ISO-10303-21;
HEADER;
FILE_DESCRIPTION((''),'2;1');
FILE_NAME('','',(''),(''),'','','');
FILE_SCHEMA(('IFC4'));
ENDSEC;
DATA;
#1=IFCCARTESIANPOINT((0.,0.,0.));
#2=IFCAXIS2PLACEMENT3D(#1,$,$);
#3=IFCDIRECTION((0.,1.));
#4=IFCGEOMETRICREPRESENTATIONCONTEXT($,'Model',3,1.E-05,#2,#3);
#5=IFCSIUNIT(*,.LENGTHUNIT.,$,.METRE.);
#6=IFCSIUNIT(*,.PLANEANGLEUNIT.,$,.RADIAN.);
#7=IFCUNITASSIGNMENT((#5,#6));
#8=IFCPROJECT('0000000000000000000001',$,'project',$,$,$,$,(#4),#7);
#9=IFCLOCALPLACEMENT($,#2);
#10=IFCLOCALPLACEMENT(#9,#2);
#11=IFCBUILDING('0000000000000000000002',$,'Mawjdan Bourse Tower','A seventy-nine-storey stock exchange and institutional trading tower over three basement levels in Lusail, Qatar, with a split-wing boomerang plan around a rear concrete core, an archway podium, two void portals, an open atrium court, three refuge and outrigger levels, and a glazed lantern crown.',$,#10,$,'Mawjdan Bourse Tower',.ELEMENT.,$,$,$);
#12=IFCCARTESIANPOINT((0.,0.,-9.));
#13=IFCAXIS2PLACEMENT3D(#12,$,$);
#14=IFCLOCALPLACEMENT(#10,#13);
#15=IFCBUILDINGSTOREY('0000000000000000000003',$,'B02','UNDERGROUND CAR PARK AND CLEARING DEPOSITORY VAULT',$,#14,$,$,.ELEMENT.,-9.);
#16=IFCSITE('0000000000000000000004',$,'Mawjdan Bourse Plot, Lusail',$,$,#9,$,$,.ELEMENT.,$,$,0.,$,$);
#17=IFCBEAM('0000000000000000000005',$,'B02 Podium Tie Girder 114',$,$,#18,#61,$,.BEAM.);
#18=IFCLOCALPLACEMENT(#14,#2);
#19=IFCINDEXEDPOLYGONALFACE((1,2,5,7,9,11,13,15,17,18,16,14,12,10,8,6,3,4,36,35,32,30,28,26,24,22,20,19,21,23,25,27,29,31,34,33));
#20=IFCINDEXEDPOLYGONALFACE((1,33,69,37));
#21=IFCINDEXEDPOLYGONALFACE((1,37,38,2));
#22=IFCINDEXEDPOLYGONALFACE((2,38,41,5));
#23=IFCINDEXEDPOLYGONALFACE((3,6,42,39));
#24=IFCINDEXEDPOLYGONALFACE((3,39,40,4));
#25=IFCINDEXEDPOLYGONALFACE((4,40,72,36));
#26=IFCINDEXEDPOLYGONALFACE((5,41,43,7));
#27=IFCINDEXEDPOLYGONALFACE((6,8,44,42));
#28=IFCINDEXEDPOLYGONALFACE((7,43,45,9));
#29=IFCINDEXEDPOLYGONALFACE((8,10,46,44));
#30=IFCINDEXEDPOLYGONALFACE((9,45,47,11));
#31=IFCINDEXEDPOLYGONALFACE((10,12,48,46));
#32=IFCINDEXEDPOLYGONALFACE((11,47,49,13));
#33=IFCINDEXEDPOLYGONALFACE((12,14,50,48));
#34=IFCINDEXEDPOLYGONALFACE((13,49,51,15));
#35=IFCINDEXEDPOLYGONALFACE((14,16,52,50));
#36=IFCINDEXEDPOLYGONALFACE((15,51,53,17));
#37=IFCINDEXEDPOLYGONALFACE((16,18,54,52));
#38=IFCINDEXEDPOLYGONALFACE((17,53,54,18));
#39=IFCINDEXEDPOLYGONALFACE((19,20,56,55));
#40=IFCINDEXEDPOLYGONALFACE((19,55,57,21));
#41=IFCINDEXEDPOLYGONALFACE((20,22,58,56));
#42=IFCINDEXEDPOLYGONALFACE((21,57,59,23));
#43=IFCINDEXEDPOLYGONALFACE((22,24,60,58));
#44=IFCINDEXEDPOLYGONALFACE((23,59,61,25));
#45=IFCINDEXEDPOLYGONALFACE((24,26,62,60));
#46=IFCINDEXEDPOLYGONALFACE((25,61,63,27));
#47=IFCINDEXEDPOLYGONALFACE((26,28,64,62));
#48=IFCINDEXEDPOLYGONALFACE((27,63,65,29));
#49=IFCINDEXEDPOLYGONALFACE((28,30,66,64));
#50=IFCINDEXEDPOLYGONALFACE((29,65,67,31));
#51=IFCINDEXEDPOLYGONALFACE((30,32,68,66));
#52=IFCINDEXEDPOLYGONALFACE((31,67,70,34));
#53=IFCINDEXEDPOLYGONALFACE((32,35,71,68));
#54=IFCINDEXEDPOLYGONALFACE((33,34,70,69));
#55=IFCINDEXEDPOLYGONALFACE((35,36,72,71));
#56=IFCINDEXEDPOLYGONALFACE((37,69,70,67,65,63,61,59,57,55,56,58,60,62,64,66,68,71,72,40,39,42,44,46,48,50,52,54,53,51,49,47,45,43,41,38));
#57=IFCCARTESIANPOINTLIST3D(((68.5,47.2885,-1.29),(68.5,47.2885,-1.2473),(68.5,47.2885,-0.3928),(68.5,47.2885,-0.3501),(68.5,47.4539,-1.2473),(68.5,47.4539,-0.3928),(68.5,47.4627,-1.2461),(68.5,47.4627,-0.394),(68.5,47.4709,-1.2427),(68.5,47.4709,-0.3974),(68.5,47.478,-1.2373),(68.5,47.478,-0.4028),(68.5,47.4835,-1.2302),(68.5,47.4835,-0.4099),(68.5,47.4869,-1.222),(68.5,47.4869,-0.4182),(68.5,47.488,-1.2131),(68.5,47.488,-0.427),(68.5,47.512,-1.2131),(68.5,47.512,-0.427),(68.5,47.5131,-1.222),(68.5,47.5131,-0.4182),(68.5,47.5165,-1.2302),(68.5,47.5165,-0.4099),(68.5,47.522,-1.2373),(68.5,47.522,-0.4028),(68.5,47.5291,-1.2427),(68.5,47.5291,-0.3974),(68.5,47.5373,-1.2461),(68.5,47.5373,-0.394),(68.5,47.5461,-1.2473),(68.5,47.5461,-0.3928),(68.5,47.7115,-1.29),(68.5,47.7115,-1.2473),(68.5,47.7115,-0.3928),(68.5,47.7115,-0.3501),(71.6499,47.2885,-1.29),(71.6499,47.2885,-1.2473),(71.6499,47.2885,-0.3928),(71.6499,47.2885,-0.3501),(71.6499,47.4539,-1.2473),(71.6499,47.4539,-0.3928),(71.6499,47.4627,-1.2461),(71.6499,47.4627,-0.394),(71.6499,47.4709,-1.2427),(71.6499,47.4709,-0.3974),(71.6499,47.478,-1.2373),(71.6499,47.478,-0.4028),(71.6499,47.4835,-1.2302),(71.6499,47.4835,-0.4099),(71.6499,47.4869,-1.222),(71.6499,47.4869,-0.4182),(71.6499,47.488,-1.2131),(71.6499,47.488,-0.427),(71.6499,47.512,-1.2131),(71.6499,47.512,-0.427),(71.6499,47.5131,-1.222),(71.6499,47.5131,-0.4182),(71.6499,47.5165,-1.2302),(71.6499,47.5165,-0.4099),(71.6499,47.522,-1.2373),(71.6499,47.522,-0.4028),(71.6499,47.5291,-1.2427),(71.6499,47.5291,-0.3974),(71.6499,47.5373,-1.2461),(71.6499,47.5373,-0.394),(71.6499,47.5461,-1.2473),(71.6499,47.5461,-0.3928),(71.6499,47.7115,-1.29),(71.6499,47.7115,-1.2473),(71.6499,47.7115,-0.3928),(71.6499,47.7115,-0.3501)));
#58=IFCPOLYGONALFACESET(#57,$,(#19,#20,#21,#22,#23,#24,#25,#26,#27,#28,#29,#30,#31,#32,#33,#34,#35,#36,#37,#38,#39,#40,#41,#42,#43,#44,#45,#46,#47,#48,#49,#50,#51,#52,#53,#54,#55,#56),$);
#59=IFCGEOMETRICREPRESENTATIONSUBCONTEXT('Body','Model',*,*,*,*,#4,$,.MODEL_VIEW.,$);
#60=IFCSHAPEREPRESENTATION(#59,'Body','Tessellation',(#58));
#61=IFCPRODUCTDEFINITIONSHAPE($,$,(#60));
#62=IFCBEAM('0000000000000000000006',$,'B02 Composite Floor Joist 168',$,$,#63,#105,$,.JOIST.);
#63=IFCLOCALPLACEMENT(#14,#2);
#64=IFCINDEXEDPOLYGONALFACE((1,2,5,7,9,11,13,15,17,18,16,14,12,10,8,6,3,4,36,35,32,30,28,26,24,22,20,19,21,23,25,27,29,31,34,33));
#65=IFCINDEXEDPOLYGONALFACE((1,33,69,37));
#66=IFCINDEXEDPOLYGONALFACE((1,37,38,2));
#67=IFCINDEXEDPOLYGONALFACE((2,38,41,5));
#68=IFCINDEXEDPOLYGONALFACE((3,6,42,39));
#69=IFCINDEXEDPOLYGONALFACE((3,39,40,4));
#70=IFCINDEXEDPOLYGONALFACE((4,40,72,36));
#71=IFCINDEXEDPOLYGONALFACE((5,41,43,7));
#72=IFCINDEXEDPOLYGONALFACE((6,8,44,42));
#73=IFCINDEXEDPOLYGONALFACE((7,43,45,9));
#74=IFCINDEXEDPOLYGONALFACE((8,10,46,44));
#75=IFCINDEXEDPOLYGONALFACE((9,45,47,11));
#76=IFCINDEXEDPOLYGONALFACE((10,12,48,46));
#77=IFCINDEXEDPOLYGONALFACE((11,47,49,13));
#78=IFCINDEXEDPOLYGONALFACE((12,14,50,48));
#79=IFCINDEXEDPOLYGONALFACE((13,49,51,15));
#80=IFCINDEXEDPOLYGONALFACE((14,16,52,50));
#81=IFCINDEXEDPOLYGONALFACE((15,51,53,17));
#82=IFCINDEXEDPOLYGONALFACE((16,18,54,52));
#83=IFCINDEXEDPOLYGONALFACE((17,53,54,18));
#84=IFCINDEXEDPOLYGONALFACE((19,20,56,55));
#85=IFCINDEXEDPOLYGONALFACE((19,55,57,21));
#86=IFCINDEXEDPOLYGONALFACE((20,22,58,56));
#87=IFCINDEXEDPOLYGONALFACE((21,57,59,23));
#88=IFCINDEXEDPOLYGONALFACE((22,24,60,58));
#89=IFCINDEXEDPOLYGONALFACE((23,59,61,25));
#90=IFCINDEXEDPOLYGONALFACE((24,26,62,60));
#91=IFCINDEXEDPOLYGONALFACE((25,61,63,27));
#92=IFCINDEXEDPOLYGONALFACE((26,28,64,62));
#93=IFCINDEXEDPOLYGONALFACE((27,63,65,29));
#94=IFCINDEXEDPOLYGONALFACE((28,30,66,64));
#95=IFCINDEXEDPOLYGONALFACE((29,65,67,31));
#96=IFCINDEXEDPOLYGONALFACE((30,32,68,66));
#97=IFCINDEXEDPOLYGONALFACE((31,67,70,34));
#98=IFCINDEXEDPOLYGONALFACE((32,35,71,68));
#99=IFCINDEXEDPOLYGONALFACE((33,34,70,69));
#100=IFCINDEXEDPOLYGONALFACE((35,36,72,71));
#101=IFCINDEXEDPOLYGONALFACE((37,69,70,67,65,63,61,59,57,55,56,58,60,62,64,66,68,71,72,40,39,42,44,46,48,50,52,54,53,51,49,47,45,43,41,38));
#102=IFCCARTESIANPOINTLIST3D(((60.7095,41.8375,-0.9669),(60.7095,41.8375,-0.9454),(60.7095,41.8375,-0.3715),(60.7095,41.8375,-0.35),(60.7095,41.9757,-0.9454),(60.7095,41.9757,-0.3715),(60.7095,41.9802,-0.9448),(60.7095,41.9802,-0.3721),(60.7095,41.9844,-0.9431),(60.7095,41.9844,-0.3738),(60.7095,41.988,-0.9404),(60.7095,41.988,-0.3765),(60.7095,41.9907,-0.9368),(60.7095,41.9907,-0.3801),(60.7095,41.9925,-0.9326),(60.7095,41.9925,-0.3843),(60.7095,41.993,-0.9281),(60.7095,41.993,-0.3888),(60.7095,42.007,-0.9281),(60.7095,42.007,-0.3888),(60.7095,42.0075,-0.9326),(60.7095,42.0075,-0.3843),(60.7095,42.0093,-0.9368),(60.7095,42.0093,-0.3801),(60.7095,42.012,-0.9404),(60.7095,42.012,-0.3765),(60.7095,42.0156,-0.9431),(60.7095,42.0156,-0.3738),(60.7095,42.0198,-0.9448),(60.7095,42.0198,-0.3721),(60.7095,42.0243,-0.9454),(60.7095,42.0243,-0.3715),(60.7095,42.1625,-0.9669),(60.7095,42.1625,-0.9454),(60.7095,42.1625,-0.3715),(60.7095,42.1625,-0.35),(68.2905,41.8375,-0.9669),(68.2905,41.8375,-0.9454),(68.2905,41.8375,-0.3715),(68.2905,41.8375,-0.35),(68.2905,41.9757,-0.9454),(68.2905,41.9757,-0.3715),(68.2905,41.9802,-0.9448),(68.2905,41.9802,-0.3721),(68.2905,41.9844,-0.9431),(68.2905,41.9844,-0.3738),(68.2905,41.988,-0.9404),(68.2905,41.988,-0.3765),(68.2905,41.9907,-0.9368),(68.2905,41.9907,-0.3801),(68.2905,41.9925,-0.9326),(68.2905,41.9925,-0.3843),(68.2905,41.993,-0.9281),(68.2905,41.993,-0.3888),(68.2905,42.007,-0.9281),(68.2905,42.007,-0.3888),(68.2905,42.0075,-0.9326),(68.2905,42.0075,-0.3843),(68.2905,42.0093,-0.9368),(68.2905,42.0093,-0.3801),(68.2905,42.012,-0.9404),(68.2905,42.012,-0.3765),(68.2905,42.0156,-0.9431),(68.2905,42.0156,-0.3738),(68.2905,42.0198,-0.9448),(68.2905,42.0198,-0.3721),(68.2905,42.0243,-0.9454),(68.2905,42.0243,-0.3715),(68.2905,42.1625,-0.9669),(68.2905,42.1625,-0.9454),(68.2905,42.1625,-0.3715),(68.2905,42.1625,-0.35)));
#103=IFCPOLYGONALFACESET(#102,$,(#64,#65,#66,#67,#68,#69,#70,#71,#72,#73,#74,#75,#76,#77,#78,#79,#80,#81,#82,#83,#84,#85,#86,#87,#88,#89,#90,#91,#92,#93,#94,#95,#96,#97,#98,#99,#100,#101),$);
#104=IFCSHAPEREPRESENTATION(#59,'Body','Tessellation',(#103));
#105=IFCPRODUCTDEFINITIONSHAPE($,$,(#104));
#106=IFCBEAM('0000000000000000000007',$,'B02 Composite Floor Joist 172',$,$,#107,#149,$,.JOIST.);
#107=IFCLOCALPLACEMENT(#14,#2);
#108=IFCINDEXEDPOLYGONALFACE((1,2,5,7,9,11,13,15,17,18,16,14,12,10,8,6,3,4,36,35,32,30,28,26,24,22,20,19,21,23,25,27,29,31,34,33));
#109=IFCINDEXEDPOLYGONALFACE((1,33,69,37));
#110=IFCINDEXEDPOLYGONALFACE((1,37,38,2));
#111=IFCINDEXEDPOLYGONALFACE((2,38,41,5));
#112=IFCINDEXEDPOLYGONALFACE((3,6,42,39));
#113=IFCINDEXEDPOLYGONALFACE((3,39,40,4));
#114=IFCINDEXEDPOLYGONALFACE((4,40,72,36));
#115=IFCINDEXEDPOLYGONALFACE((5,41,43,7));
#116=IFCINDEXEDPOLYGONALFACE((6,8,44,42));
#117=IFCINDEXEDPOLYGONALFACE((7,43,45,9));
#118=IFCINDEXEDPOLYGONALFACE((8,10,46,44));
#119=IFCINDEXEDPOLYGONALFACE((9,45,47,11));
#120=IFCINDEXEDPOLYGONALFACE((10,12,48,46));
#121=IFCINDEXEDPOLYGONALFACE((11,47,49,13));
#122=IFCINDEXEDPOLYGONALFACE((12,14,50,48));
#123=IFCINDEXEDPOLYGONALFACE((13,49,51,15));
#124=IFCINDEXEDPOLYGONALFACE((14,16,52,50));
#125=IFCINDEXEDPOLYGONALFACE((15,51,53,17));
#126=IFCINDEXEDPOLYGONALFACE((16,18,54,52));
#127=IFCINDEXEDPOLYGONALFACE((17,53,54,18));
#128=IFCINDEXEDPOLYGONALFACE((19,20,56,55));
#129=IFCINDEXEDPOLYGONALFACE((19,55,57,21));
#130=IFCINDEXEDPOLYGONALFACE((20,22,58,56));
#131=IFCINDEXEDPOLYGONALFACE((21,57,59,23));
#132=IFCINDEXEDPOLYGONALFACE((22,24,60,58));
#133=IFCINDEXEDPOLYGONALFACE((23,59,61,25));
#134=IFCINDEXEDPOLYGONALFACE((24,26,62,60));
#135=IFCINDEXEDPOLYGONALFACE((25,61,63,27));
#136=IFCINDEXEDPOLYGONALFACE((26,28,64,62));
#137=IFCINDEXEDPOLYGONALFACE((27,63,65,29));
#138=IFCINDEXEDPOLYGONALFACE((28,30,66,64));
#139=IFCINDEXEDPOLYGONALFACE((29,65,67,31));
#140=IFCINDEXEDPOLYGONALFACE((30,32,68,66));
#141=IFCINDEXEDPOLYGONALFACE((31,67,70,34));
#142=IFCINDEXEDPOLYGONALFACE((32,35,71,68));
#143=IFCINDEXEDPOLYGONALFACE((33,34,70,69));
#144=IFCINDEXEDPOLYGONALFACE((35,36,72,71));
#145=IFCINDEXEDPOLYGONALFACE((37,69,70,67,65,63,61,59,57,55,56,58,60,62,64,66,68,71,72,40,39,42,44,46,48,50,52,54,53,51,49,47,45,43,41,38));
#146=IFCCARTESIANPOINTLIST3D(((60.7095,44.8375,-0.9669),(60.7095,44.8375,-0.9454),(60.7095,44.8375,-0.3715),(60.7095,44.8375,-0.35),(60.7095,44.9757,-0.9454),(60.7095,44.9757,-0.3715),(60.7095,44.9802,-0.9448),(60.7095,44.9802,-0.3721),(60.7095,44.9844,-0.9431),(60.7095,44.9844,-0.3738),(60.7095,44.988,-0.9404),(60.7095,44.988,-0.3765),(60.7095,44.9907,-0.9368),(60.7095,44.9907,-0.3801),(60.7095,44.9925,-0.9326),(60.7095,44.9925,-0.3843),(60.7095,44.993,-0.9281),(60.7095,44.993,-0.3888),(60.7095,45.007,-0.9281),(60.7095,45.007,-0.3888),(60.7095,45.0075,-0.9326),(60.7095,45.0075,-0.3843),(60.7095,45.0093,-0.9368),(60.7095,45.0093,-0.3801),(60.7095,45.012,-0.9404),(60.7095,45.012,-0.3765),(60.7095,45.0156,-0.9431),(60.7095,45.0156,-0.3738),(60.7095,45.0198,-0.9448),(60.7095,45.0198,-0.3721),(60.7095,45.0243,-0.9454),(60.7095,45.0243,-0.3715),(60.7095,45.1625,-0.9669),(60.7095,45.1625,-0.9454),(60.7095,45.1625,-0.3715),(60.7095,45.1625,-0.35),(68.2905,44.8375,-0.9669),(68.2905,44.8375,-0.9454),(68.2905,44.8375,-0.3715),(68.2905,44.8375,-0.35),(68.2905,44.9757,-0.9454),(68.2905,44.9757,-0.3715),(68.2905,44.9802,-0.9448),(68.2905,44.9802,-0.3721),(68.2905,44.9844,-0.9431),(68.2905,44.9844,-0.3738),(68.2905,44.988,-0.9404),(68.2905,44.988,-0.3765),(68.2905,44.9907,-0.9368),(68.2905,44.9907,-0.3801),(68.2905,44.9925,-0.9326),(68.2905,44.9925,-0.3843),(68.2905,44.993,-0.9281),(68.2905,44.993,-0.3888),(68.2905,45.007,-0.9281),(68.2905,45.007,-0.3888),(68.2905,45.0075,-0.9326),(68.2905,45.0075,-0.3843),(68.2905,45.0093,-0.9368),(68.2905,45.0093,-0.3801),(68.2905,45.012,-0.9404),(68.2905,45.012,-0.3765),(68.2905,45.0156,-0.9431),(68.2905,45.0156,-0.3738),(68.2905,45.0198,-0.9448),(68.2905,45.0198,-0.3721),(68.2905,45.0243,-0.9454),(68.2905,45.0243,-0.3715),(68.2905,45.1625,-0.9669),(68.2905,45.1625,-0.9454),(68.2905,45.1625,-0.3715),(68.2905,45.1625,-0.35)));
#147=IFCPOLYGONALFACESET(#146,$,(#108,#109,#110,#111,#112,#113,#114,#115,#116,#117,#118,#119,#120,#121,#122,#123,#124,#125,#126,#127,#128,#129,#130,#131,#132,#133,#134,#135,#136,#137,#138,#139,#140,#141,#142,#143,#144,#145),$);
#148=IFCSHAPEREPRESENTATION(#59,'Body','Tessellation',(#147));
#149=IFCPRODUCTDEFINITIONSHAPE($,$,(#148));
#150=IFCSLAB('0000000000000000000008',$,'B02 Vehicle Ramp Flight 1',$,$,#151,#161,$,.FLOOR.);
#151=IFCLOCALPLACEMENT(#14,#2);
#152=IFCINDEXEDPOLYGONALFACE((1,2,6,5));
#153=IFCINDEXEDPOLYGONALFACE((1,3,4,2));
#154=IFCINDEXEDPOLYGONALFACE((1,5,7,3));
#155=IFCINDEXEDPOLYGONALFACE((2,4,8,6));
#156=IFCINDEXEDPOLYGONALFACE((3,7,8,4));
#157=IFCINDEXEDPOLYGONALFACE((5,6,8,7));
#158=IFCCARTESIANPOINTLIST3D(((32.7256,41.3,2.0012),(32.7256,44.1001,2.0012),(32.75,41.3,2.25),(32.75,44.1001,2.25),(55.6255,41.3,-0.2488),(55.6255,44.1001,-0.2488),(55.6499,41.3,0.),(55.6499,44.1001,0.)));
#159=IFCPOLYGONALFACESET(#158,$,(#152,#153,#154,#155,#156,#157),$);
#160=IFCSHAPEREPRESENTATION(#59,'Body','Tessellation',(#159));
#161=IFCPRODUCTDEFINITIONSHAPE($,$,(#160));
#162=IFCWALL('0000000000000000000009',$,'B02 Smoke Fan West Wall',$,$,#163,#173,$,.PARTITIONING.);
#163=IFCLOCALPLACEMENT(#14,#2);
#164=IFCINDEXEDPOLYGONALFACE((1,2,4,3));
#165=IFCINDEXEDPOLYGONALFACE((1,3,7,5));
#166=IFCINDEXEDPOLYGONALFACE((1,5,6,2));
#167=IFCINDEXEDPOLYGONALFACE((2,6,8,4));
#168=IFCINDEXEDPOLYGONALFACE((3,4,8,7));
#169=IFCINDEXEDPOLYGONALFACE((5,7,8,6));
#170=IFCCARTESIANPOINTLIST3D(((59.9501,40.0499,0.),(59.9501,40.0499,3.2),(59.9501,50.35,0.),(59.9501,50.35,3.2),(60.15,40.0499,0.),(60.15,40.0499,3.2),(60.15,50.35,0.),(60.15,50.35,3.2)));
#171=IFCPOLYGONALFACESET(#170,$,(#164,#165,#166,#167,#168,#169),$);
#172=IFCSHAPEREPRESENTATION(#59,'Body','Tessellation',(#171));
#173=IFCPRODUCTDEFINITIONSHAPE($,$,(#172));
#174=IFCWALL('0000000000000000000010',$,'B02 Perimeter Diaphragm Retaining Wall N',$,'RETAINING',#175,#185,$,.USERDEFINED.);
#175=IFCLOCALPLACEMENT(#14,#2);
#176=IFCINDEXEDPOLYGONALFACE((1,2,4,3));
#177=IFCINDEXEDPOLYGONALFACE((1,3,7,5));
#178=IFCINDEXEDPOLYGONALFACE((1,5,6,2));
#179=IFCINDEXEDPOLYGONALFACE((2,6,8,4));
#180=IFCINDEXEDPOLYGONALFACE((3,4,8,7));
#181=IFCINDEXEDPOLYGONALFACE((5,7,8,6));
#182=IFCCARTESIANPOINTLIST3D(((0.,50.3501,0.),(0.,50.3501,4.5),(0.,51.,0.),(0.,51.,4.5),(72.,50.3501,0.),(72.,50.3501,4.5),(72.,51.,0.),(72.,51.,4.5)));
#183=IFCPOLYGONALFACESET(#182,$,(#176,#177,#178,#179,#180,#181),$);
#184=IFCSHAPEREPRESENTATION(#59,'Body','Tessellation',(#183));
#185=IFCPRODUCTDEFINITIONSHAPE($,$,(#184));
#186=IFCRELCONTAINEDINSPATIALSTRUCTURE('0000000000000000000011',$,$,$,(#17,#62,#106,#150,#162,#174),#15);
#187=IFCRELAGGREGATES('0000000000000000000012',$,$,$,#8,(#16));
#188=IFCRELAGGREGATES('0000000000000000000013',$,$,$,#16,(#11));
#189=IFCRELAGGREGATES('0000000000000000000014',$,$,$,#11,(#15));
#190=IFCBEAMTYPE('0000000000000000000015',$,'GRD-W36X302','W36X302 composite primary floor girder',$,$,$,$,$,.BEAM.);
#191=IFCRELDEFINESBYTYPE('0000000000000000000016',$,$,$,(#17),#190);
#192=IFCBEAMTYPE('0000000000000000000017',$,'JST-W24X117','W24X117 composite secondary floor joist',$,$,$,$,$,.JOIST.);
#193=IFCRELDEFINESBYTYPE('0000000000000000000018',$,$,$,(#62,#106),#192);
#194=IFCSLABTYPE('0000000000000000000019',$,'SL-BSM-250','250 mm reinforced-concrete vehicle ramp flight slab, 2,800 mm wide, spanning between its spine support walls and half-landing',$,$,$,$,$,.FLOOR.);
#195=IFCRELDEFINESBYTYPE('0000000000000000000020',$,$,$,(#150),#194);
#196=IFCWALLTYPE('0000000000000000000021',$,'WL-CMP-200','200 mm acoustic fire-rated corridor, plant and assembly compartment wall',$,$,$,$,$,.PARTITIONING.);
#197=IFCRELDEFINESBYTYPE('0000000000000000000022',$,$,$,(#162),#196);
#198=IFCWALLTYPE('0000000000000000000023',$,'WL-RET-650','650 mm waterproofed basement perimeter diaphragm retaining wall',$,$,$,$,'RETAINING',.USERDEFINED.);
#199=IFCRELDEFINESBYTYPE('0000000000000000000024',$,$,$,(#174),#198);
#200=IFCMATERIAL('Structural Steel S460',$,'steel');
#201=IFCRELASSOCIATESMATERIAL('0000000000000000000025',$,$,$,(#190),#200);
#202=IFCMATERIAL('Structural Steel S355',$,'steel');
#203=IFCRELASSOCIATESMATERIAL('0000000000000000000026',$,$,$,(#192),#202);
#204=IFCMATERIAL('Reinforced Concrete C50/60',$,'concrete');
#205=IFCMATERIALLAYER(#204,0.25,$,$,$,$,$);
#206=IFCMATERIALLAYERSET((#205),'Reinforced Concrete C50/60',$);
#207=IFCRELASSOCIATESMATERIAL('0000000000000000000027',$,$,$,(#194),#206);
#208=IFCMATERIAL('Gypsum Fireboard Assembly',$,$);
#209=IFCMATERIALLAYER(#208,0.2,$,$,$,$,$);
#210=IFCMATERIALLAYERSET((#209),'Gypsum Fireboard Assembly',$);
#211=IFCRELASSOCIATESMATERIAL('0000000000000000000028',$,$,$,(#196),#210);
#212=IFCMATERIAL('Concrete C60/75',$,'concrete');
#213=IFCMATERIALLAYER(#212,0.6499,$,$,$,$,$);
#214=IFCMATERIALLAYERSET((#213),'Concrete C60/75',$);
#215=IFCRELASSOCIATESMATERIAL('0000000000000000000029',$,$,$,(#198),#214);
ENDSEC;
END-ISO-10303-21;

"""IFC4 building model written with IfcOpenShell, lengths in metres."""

from ifc_helpers import new_model, si_unit, direction, frame, frame_2d, origin, origin_2d, place, context, subcontext, project, spatial, polyline, rectangle, i_section, outline, extrude, material, layer, layer_set, material_profile, profile_set, type_object, element, save


model = new_model("IFC4")

# Units and contexts
model_context = context("Model", 3, precision=1e-05, world=origin(), true_north=direction((0.0, 1.0)))
body_context = subcontext(model_context, "Body", "Model", "MODEL_VIEW")
ifc_project = project(units=[si_unit("LENGTHUNIT", "METRE"), si_unit("PLANEANGLEUNIT", "RADIAN")], contexts=[model_context])

# Site, building, storey
site_placement = place(None, origin())
site = spatial("IfcSite", under=ifc_project, at=site_placement, Name="Mawjdan Bourse Plot, Lusail", CompositionType="ELEMENT", RefElevation=0.0)
building_placement = place(site_placement, origin())
building = spatial("IfcBuilding", under=site, at=building_placement, Name="Mawjdan Bourse Tower", Description="A seventy-nine-storey stock exchange and institutional trading tower over three basement levels in Lusail, Qatar, with a split-wing boomerang plan around a rear concrete core, an archway podium, two void portals, an open atrium court, three refuge and outrigger levels, and a glazed lantern crown.", LongName="Mawjdan Bourse Tower", CompositionType="ELEMENT")
storey_placement = place(building_placement, frame((0.0, 0.0, -9.0)))
storey = spatial("IfcBuildingStorey", under=building, at=storey_placement, Name="B02", Description="UNDERGROUND CAR PARK AND CLEARING DEPOSITORY VAULT", CompositionType="ELEMENT", Elevation=-9.0)

# Shared definitions
ifc_material_1 = material(Name="Concrete C60/75", Category="concrete")

# Beams
ifc_material_2 = material(Name="Structural Steel S460", Category="steel")
ifc_material_profile_1 = material_profile(ifc_material_2, i_section(OverallWidth=0.4231, OverallDepth=0.9399, WebThickness=0.0239, FlangeThickness=0.0427, FilletRadius=0.0342, at=origin_2d()), Name="W36X302")
ifc_profile_set_1 = profile_set([ifc_material_profile_1], Name="Structural Steel S460")
beam_type_1 = type_object("IfcBeamType", Name="GRD-W36X302", Description="W36X302 composite primary floor girder", PredefinedType="BEAM", material=ifc_profile_set_1)
beam_1_placement = place(storey_placement, frame((68.5, 47.5, -0.8201), z_axis=(1.0, 0.0, 0.0), x_axis=(0.0, 1.0, 0.0)))
element("IfcBeam", 1, at=beam_1_placement, inside=storey, type_object=beam_type_1, Name="B02 Podium Tie Girder 114", PredefinedType="BEAM", context=body_context, shape_type="SweptSolid", body=[
    extrude(i_section(OverallWidth=0.4231, OverallDepth=0.9399, WebThickness=0.0239, FlangeThickness=0.0427, FilletRadius=0.0342, at=origin_2d()), origin(), (0.0, 0.0, 1.0), 3.1499),
])
ifc_material_3 = material(Name="Structural Steel S355", Category="steel")
ifc_material_profile_2 = material_profile(ifc_material_3, i_section(OverallWidth=0.325, OverallDepth=0.6169, WebThickness=0.0139, FlangeThickness=0.0215, FilletRadius=0.0173, at=origin_2d()), Name="W24X117")
ifc_profile_set_2 = profile_set([ifc_material_profile_2], Name="Structural Steel S355")
beam_type_2 = type_object("IfcBeamType", Name="JST-W24X117", Description="W24X117 composite secondary floor joist", PredefinedType="JOIST", material=ifc_profile_set_2)
for number, where, z_axis, x_axis, name in (
    (2, (60.7095, 42.0, -0.6584), (1.0, 0.0, 0.0), (0.0, 1.0, 0.0), "B02 Composite Floor Joist 168"),
    (3, (60.7095, 45.0, -0.6584), (1.0, 0.0, 0.0), (0.0, 1.0, 0.0), "B02 Composite Floor Joist 172"),
):
    element("IfcBeam", number, at=place(storey_placement, frame(where, z_axis=z_axis, x_axis=x_axis)), inside=storey, type_object=beam_type_2, Name=name, PredefinedType="JOIST", context=body_context, shape_type="SweptSolid", body=[
        extrude(i_section(OverallWidth=0.325, OverallDepth=0.6169, WebThickness=0.0139, FlangeThickness=0.0215, FilletRadius=0.0173, at=origin_2d()), origin(), (0.0, 0.0, 1.0), 7.5811),
    ])

# Slab
ifc_material_4 = material(Name="Reinforced Concrete C50/60", Category="concrete")
ifc_layer_1 = layer(ifc_material_4, 0.25)
ifc_layer_set_1 = layer_set([ifc_layer_1], Name="Reinforced Concrete C50/60")
slab_type = type_object("IfcSlabType", Name="SL-BSM-250", Description="250 mm reinforced-concrete vehicle ramp flight slab, 2,800 mm wide, spanning between its spine support walls and half-landing", PredefinedType="FLOOR", material=ifc_layer_set_1)
slab_placement = place(storey_placement, frame((55.6499, 41.3, 0.0), z_axis=(0.097783, 0.0, 0.995208), x_axis=(-0.995208, 0.0, 0.097783)))
element("IfcSlab", 4, at=slab_placement, inside=storey, type_object=slab_type, Name="B02 Vehicle Ramp Flight 1", PredefinedType="FLOOR", context=body_context, shape_type="SweptSolid", body=[
    extrude(outline(polyline([(0.0, 0.0), (23.0102, 0.0), (23.0102, -2.8), (0.0, -2.8), (0.0, 0.0)])), origin(), (0.0, 0.0, -1.0), 0.25),
])

# Walls
ifc_material_5 = material(Name="Gypsum Fireboard Assembly")
ifc_layer_2 = layer(ifc_material_5, 0.2)
ifc_layer_set_2 = layer_set([ifc_layer_2], Name="Gypsum Fireboard Assembly")
wall_type_1 = type_object("IfcWallType", Name="WL-CMP-200", Description="200 mm acoustic fire-rated corridor, plant and assembly compartment wall", PredefinedType="PARTITIONING", material=ifc_layer_set_2)
wall_1_placement = place(storey_placement, frame((60.05, 40.05, 0.0), z_axis=(0.0, 0.0, 1.0), x_axis=(0.0, 1.0, 0.0)))
element("IfcWall", 5, at=wall_1_placement, inside=storey, type_object=wall_type_1, Name="B02 Smoke Fan West Wall", PredefinedType="PARTITIONING", context=body_context, shape_type="SweptSolid", body=[
    extrude(rectangle(XDim=10.3, YDim=0.2, at=frame_2d((5.1499, 0.0))), origin(), (0.0, 0.0, 1.0), 3.2),
])
ifc_layer_3 = layer(ifc_material_1, 0.6499)
ifc_layer_set_3 = layer_set([ifc_layer_3], Name="Concrete C60/75")
wall_type_2 = type_object("IfcWallType", Name="WL-RET-650", Description="650 mm waterproofed basement perimeter diaphragm retaining wall", ElementType="RETAINING", PredefinedType="USERDEFINED", material=ifc_layer_set_3)
wall_2_placement = place(storey_placement, frame((72.0, 50.675, 0.0), z_axis=(0.0, 0.0, 1.0), x_axis=(-1.0, 0.0, 0.0)))
element("IfcWall", 6, at=wall_2_placement, inside=storey, type_object=wall_type_2, Name="B02 Perimeter Diaphragm Retaining Wall N", ObjectType="RETAINING", PredefinedType="USERDEFINED", context=body_context, shape_type="SweptSolid", body=[
    extrude(rectangle(XDim=72.0, YDim=0.6499, at=frame_2d((36.0, 0.0))), origin(), (0.0, 0.0, 1.0), 4.5),
])

save(model, "model.ifc")
